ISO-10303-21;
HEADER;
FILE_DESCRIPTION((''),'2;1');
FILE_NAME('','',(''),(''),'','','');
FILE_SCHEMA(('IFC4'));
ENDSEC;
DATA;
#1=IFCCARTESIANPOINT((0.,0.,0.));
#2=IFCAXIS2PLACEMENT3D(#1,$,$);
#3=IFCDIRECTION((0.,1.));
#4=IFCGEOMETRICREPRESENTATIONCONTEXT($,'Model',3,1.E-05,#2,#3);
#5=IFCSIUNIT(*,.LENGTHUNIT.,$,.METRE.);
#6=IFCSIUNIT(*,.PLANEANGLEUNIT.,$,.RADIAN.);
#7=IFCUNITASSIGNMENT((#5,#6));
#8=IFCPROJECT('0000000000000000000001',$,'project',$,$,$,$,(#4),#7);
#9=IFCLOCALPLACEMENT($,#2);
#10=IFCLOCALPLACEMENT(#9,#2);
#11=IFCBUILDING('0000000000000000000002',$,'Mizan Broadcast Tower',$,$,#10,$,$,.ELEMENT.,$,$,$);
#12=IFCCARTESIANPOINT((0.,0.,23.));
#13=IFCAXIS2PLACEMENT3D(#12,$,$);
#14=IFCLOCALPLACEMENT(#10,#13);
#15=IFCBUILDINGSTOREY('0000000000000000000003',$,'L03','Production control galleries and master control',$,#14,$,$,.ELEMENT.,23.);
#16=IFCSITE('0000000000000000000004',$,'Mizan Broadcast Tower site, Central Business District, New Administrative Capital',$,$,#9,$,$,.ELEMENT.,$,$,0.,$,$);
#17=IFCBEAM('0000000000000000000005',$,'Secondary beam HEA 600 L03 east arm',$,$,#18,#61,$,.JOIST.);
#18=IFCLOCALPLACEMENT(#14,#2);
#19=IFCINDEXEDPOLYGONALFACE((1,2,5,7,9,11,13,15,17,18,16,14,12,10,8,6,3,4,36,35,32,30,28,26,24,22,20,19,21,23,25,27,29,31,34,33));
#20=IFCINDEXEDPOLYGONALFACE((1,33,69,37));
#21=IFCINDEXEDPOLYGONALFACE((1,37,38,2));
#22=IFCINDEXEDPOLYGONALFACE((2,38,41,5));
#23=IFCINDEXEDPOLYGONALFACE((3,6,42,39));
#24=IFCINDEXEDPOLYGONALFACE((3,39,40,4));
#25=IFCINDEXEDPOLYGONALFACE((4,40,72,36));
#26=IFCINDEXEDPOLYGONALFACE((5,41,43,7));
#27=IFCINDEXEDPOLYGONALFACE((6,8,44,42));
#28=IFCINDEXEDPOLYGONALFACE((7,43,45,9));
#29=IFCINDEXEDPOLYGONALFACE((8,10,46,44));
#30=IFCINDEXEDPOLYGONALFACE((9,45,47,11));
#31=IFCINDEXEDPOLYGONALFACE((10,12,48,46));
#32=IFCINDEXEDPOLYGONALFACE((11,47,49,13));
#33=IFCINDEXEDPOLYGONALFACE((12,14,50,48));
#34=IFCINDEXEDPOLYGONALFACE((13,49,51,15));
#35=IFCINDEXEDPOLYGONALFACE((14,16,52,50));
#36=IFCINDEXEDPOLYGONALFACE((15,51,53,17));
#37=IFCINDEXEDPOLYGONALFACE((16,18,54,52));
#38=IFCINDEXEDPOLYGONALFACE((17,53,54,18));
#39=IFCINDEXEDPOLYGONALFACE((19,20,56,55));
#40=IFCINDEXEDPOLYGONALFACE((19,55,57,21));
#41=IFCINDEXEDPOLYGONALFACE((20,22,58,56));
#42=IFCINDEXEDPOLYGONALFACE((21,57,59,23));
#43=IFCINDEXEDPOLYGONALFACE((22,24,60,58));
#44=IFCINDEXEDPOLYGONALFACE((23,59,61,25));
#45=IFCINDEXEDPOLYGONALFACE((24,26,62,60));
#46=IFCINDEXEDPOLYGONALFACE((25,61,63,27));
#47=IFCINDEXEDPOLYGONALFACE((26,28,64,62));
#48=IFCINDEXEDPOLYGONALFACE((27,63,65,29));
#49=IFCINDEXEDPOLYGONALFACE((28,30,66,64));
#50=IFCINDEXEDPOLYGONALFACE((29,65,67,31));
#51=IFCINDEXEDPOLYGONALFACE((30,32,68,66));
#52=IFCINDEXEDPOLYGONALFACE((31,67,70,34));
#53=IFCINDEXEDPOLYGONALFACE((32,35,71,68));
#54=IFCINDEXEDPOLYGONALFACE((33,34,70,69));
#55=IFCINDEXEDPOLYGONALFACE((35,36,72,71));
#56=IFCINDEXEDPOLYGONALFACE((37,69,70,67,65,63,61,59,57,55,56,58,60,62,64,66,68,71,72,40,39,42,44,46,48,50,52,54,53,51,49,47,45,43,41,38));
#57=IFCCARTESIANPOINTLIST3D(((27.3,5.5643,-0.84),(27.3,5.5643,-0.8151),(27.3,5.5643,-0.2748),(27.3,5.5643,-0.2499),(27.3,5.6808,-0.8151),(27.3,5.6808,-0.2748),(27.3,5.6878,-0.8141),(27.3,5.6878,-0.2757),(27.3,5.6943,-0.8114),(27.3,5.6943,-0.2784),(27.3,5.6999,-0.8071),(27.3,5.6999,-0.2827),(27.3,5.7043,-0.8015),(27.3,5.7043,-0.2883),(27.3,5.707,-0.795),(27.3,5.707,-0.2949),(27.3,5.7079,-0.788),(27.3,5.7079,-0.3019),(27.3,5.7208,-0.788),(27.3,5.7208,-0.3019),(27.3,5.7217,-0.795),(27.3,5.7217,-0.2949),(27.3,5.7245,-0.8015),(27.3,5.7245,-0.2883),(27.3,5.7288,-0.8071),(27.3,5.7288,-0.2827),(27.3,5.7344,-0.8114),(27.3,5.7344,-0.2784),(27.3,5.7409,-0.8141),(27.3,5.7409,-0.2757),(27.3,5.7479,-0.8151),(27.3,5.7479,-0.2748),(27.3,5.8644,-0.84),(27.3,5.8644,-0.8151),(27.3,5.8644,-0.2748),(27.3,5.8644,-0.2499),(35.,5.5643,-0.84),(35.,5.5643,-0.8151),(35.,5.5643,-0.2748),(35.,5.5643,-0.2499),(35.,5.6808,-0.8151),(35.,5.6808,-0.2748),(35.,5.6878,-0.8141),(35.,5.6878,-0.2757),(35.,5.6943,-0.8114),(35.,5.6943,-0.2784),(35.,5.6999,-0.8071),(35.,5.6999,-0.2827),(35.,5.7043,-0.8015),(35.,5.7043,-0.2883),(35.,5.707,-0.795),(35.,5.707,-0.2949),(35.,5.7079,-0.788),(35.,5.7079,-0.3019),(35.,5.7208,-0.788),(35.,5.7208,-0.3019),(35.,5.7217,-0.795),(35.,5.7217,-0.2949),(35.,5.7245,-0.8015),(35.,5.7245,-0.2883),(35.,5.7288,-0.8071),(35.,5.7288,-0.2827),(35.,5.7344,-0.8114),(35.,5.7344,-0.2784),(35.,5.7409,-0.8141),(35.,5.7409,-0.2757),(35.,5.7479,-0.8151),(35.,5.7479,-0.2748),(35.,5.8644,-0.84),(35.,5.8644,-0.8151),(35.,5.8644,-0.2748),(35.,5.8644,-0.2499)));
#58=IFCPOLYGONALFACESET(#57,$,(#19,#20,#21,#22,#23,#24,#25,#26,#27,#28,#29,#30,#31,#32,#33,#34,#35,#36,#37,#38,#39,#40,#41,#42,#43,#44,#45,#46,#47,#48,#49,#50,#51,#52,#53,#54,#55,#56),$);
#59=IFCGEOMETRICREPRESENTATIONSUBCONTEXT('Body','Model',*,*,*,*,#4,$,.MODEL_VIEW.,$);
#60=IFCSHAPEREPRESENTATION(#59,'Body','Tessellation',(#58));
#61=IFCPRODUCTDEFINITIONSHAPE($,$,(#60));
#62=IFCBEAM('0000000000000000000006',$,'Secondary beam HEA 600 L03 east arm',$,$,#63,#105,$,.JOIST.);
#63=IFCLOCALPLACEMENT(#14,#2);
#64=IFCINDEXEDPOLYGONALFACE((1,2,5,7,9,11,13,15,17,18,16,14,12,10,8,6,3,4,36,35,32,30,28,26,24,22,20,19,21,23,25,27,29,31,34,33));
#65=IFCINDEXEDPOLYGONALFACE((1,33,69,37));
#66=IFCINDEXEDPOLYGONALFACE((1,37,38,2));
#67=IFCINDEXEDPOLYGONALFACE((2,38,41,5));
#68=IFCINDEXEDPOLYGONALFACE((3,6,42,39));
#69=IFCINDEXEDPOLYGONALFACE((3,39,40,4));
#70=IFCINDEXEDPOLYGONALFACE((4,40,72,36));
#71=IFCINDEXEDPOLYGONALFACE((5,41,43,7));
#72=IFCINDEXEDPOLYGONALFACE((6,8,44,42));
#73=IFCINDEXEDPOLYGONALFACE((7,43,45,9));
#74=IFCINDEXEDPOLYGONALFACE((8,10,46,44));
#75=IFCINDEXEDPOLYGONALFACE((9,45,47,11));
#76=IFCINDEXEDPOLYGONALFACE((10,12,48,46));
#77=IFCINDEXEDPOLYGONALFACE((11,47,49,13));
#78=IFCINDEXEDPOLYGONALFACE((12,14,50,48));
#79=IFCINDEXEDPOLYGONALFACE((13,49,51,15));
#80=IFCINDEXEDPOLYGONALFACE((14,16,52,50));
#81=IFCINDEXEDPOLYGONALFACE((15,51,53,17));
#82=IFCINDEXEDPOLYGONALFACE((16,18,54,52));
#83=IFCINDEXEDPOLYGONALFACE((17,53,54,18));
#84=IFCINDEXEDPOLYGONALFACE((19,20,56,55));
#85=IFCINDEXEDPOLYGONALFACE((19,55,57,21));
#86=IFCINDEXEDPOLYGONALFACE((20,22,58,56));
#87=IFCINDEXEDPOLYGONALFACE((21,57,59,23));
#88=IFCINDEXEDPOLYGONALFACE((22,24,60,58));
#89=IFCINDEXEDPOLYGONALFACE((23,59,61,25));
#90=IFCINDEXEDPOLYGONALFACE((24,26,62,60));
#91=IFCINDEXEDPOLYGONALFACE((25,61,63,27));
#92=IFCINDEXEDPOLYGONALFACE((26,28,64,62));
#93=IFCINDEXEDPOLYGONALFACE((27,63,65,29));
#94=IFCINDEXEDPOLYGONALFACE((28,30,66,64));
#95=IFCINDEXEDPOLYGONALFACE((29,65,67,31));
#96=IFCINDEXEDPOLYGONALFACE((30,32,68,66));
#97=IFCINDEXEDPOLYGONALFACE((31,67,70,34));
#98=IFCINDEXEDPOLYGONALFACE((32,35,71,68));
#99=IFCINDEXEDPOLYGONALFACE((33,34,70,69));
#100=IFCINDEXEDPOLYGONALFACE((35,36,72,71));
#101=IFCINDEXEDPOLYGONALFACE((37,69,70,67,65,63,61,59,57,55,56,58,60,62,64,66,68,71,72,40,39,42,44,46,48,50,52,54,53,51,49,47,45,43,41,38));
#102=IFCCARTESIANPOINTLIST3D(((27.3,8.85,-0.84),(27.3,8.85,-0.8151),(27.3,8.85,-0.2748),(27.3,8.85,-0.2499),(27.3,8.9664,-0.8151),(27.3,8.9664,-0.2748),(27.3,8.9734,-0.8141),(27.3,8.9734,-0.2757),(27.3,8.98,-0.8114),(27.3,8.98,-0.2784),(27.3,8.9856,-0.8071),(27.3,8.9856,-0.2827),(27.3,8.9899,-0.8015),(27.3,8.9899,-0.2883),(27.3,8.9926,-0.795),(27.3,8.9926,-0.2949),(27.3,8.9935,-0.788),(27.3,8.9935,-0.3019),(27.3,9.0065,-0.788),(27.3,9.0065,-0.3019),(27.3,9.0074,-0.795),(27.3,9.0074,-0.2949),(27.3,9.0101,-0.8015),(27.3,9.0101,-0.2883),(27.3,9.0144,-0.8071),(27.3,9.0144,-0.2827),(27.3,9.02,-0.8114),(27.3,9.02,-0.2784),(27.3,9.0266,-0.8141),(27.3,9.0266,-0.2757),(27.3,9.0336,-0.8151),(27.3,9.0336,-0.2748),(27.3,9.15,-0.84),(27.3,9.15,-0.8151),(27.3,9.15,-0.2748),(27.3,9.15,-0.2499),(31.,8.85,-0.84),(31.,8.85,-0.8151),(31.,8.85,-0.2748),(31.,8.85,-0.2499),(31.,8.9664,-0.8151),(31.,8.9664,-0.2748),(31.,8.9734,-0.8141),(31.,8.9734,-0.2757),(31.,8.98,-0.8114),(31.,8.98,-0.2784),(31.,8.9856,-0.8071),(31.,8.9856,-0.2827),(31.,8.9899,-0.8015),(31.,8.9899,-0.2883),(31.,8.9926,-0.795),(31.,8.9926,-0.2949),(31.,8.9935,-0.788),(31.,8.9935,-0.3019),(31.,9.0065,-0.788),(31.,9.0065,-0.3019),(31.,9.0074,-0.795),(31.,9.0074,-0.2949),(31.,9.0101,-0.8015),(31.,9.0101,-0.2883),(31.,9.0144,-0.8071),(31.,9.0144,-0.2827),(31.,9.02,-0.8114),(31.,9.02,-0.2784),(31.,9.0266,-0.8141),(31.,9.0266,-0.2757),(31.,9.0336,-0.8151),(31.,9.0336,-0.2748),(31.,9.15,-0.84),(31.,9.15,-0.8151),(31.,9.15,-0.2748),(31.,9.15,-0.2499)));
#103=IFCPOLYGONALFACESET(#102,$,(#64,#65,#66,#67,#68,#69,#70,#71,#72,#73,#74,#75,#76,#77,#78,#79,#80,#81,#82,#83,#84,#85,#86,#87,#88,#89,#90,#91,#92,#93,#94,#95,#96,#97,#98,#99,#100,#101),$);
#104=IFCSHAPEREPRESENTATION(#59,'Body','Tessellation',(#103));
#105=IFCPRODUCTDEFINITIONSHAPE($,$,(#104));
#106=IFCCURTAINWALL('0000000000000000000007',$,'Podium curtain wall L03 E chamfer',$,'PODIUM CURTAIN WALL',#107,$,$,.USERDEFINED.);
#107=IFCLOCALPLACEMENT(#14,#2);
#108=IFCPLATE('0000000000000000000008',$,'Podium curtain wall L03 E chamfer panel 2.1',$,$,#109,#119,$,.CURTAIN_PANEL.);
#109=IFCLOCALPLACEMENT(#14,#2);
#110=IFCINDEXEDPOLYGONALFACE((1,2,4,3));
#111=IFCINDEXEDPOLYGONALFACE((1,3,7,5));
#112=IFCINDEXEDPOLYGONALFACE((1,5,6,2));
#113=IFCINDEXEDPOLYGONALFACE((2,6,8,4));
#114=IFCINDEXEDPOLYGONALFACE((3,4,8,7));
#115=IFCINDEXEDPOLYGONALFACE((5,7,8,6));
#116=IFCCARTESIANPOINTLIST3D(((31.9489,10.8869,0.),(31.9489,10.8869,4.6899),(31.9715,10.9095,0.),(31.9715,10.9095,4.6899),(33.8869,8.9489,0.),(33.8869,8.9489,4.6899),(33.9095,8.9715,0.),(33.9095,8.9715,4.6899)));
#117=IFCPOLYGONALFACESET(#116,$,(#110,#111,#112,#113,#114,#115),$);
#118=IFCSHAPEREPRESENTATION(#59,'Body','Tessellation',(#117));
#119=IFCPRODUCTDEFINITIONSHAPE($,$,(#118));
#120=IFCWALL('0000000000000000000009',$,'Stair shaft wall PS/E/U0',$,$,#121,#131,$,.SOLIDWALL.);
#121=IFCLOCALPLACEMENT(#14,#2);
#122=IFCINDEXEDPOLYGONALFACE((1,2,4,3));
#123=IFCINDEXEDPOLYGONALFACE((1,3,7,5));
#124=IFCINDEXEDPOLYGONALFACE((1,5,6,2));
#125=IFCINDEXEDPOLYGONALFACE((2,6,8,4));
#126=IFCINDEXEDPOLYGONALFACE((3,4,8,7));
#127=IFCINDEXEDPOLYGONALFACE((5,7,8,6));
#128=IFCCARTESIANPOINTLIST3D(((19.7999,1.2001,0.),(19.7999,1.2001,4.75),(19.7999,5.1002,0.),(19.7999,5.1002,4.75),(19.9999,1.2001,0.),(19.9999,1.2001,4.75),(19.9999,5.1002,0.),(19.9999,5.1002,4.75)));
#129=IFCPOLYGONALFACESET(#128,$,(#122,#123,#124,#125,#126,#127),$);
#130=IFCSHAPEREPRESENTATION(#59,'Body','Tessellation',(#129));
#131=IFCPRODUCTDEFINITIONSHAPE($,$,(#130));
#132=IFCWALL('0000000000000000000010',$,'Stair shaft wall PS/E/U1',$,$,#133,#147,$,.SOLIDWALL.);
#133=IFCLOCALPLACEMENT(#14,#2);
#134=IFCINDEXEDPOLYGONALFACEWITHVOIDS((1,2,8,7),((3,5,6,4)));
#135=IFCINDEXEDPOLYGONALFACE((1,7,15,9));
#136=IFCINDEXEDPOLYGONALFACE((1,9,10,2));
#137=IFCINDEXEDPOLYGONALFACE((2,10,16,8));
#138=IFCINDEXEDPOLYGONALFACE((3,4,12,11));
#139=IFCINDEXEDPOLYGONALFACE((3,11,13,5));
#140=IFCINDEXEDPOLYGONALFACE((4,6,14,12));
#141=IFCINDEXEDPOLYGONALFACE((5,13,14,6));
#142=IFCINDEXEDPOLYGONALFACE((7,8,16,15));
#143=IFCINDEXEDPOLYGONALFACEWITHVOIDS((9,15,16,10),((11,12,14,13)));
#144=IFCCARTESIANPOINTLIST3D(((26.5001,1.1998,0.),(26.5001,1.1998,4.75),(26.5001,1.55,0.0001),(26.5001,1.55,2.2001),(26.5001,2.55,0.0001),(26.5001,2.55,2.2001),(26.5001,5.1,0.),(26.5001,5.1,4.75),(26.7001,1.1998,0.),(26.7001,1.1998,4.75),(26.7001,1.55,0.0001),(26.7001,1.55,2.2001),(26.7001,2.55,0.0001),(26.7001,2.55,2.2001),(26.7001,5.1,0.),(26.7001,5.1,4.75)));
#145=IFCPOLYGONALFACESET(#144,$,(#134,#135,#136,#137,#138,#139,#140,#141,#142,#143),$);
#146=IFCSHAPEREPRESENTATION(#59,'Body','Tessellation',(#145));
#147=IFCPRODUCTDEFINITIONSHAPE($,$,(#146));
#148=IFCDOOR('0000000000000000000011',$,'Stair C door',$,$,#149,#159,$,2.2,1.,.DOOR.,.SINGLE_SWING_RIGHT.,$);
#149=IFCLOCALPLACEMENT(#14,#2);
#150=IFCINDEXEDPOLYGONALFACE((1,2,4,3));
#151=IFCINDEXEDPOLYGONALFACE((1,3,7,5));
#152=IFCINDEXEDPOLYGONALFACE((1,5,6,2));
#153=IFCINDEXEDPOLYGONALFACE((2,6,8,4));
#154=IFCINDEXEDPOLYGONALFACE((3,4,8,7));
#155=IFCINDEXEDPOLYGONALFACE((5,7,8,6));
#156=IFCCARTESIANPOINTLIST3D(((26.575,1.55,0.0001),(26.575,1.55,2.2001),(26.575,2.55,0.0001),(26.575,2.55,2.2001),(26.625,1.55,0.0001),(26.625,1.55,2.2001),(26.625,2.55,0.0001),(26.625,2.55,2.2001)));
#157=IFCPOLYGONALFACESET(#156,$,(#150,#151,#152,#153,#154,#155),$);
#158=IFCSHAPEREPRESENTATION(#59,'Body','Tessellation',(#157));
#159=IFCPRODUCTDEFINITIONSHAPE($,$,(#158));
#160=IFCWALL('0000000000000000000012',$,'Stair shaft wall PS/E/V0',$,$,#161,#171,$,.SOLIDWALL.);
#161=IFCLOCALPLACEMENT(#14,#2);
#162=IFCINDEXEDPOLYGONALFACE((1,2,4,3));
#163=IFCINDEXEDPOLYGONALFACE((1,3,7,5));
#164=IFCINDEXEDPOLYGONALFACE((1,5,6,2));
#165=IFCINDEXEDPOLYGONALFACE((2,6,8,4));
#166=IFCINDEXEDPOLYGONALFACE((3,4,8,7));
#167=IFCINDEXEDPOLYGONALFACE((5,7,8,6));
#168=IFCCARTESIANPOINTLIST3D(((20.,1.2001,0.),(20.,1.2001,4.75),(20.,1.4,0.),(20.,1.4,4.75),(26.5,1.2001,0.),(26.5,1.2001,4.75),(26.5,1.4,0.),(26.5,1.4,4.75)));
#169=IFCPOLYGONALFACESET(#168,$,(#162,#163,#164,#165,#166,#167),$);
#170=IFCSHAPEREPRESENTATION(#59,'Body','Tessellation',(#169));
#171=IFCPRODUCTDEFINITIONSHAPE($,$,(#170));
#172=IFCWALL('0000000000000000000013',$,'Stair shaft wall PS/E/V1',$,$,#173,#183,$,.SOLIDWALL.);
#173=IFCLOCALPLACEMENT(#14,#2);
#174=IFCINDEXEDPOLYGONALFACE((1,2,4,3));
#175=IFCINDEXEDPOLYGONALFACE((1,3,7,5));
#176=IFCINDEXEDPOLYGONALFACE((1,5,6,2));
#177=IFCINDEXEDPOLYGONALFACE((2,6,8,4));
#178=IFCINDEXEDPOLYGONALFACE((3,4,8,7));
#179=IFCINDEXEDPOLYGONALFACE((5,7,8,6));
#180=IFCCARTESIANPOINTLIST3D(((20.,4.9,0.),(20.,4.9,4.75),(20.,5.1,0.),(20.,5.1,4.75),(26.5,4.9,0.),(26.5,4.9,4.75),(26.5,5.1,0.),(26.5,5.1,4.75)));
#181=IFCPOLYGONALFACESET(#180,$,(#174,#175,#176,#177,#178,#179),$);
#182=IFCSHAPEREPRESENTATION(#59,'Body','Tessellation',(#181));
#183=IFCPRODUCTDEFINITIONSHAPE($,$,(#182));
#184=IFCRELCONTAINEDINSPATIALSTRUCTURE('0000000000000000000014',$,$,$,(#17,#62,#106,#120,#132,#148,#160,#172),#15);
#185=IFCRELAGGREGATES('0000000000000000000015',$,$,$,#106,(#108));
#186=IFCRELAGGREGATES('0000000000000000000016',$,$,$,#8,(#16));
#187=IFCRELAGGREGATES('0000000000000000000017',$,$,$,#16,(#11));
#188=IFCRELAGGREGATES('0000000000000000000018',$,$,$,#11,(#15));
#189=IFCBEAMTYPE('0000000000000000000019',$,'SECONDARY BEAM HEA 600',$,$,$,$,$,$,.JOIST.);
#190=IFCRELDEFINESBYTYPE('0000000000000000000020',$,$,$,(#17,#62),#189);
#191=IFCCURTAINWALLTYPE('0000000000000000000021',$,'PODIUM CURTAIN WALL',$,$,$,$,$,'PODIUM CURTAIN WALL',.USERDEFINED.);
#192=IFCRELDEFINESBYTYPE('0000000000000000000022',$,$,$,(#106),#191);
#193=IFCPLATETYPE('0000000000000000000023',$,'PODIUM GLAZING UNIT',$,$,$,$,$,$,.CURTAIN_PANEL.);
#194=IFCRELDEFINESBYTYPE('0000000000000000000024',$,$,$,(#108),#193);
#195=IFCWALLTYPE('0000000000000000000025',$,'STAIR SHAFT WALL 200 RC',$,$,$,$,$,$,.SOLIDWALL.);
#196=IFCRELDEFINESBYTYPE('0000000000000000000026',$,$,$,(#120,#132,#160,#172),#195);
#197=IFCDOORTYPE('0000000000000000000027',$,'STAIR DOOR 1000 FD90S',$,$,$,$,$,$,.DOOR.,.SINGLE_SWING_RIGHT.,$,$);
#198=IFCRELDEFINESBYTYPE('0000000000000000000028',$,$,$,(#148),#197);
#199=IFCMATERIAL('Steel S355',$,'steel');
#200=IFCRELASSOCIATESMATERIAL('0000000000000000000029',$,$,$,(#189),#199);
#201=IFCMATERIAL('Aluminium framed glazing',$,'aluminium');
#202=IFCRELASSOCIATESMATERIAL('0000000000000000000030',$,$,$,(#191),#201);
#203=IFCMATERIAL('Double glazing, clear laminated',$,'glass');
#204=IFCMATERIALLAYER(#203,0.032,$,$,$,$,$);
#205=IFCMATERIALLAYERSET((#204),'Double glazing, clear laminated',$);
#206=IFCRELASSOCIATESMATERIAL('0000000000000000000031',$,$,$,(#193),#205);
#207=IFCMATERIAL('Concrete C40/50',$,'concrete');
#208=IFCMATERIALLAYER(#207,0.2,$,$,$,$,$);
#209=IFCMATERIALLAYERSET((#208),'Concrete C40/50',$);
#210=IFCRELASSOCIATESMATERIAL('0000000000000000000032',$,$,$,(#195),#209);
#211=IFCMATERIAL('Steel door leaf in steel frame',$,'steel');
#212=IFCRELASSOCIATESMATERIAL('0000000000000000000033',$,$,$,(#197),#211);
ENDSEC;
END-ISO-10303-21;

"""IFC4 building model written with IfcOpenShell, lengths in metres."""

from ifc_helpers import new_model, si_unit, direction, frame, frame_2d, origin, origin_2d, place, context, subcontext, project, spatial, rectangle, i_section, extrude, material, layer, layer_set, material_profile, profile_set, type_object, element, fill, aggregate, save


model = new_model("IFC4")

# Units and contexts
model_context = context("Model", 3, precision=1e-05, world=origin(), true_north=direction((0.0, 1.0)))
body_context = subcontext(model_context, "Body", "Model", "MODEL_VIEW")
ifc_project = project(units=[si_unit("LENGTHUNIT", "METRE"), si_unit("PLANEANGLEUNIT", "RADIAN")], contexts=[model_context])

# Site, building, storey
site_placement = place(None, origin())
site = spatial("IfcSite", under=ifc_project, at=site_placement, Name="Mizan Broadcast Tower site, Central Business District, New Administrative Capital", CompositionType="ELEMENT", RefElevation=0.0)
building_placement = place(site_placement, origin())
building = spatial("IfcBuilding", under=site, at=building_placement, Name="Mizan Broadcast Tower", CompositionType="ELEMENT")
storey_placement = place(building_placement, frame((0.0, 0.0, 23.0)))
storey = spatial("IfcBuildingStorey", under=building, at=storey_placement, Name="L03", Description="Production control galleries and master control", CompositionType="ELEMENT", Elevation=23.0)

# Beams
ifc_material_1 = material(Name="Steel S355", Category="steel")
ifc_material_profile_1 = material_profile(ifc_material_1, i_section(OverallWidth=0.3, OverallDepth=0.5901, WebThickness=0.0129, FlangeThickness=0.0249, FilletRadius=0.0271, at=origin_2d()), Name="HEA 600")
ifc_profile_set_1 = profile_set([ifc_material_profile_1], Name="Steel S355")
beam_type_1 = type_object("IfcBeamType", Name="SECONDARY BEAM HEA 600", PredefinedType="JOIST", material=ifc_profile_set_1)
beam_1_placement = place(storey_placement, frame((27.3, 5.7144, -0.5449), z_axis=(1.0, 0.0, 0.0), x_axis=(0.0, 1.0, 0.0)))
element("IfcBeam", 1, at=beam_1_placement, inside=storey, type_object=beam_type_1, Name="Secondary beam HEA 600 L03 east arm", PredefinedType="JOIST", context=body_context, shape_type="SweptSolid", body=[
    extrude(i_section(OverallWidth=0.3, OverallDepth=0.5901, WebThickness=0.0129, FlangeThickness=0.0249, FilletRadius=0.0271, at=origin_2d()), origin(), (0.0, 0.0, 1.0), 7.7),
])
beam_2_placement = place(storey_placement, frame((27.3, 9.0, -0.5449), z_axis=(1.0, 0.0, 0.0), x_axis=(0.0, 1.0, 0.0)))
element("IfcBeam", 2, at=beam_2_placement, inside=storey, type_object=beam_type_1, Name="Secondary beam HEA 600 L03 east arm", PredefinedType="JOIST", context=body_context, shape_type="SweptSolid", body=[
    extrude(i_section(OverallWidth=0.3, OverallDepth=0.5901, WebThickness=0.0129, FlangeThickness=0.0249, FilletRadius=0.0271, at=origin_2d()), origin(), (0.0, 0.0, 1.0), 3.7),
])

# Curtain wall, plate
ifc_material_2 = material(Name="Aluminium framed glazing", Category="aluminium")
curtain_wall_type_1 = type_object("IfcCurtainWallType", Name="PODIUM CURTAIN WALL", ElementType="PODIUM CURTAIN WALL", PredefinedType="USERDEFINED", material=ifc_material_2)
curtain_wall_1_placement = place(storey_placement, origin())
curtain_wall_1 = element("IfcCurtainWall", 3, at=curtain_wall_1_placement, inside=storey, type_object=curtain_wall_type_1, Name="Podium curtain wall L03 E chamfer", ObjectType="PODIUM CURTAIN WALL", PredefinedType="USERDEFINED")
ifc_material_3 = material(Name="Double glazing, clear laminated", Category="glass")
ifc_layer_1 = layer(ifc_material_3, 0.032)
ifc_layer_set_1 = layer_set([ifc_layer_1], Name="Double glazing, clear laminated")
plate_type = type_object("IfcPlateType", Name="PODIUM GLAZING UNIT", PredefinedType="CURTAIN_PANEL", material=ifc_layer_set_1)
plate_placement = place(storey_placement, frame((32.9292, 9.9292, 0.0), z_axis=(0.0, 0.0, 1.0), x_axis=(-0.707107, 0.707107, 0.0)))
plate = element("IfcPlate", 4, at=plate_placement, type_object=plate_type, Name="Podium curtain wall L03 E chamfer panel 2.1", PredefinedType="CURTAIN_PANEL", context=body_context, shape_type="SweptSolid", body=[
    extrude(rectangle(XDim=2.7407, YDim=0.032, at=origin_2d()), origin(), (0.0, 0.0, 1.0), 4.6899),
])
aggregate(curtain_wall_1, [plate])

# Wall
ifc_material_4 = material(Name="Concrete C40/50", Category="concrete")
ifc_layer_2 = layer(ifc_material_4, 0.2)
ifc_layer_set_2 = layer_set([ifc_layer_2], Name="Concrete C40/50")
wall_type = type_object("IfcWallType", Name="STAIR SHAFT WALL 200 RC", PredefinedType="SOLIDWALL", material=ifc_layer_set_2)
wall_1_placement = place(storey_placement, frame((19.8999, 1.2, 0.0), z_axis=(0.0, 0.0, 1.0), x_axis=(0.0, 1.0, 0.0)))
element("IfcWall", 5, at=wall_1_placement, inside=storey, type_object=wall_type, Name="Stair shaft wall PS/E/U0", PredefinedType="SOLIDWALL", context=body_context, shape_type="SweptSolid", body=[
    extrude(rectangle(XDim=3.9001, YDim=0.2, at=frame_2d((1.9502, 0.0))), origin(), (0.0, 0.0, 1.0), 4.75),
])

# Wall, opening, door
wall_2_placement = place(storey_placement, frame((26.6001, 5.1001, 0.0), z_axis=(0.0, 0.0, 1.0), x_axis=(0.0, -1.0, 0.0)))
wall_2 = element("IfcWall", 6, at=wall_2_placement, inside=storey, type_object=wall_type, Name="Stair shaft wall PS/E/U1", PredefinedType="SOLIDWALL", context=body_context, shape_type="SweptSolid", body=[
    extrude(rectangle(XDim=3.9001, YDim=0.2, at=frame_2d((1.9502, 0.0))), origin(), (0.0, 0.0, 1.0), 4.75),
])
opening_placement = place(wall_2_placement, frame((2.55, 0.0, 0.0)))
opening = element("IfcOpeningElement", 7, at=opening_placement, cuts=wall_2, PredefinedType="OPENING", context=body_context, shape_type="SweptSolid", body=[
    extrude(rectangle(XDim=1.0, YDim=2.2, at=frame_2d((0.5, 1.1001))), frame((0.0, 0.1099, 0.0), z_axis=(0.0, -1.0, 0.0), x_axis=(1.0, 0.0, 0.0)), (0.0, 0.0, 1.0), 0.22),
])
ifc_material_5 = material(Name="Steel door leaf in steel frame", Category="steel")
door_type = type_object("IfcDoorType", Name="STAIR DOOR 1000 FD90S", OperationType="SINGLE_SWING_RIGHT", PredefinedType="DOOR", material=ifc_material_5)
door_placement = place(opening_placement, origin())
door = element("IfcDoor", 8, at=door_placement, inside=storey, type_object=door_type, Name="Stair C door", OperationType="SINGLE_SWING_RIGHT", OverallHeight=2.2, OverallWidth=1.0, PredefinedType="DOOR", context=body_context, shape_type="SweptSolid", body=[
    extrude(rectangle(XDim=1.0, YDim=2.2, at=frame_2d((0.5, 1.1001))), frame((0.0, 0.0249, 0.0), z_axis=(0.0, -1.0, 0.0), x_axis=(1.0, 0.0, 0.0)), (0.0, 0.0, 1.0), 0.05),
])
fill(opening, door)

# Walls
for number, where, z_axis, x_axis, name in (
    (9, (20.0, 1.3, 0.0), (0.0, 0.0, 1.0), (1.0, 0.0, 0.0), "Stair shaft wall PS/E/V0"),
    (10, (26.5, 5.0, 0.0), (0.0, 0.0, 1.0), (-1.0, 0.0, 0.0), "Stair shaft wall PS/E/V1"),
):
    element("IfcWall", number, at=place(storey_placement, frame(where, z_axis=z_axis, x_axis=x_axis)), inside=storey, type_object=wall_type, Name=name, PredefinedType="SOLIDWALL", context=body_context, shape_type="SweptSolid", body=[
        extrude(rectangle(XDim=6.5, YDim=0.2, at=frame_2d((3.25, 0.0))), origin(), (0.0, 0.0, 1.0), 4.75),
    ])

save(model, "model.ifc")
